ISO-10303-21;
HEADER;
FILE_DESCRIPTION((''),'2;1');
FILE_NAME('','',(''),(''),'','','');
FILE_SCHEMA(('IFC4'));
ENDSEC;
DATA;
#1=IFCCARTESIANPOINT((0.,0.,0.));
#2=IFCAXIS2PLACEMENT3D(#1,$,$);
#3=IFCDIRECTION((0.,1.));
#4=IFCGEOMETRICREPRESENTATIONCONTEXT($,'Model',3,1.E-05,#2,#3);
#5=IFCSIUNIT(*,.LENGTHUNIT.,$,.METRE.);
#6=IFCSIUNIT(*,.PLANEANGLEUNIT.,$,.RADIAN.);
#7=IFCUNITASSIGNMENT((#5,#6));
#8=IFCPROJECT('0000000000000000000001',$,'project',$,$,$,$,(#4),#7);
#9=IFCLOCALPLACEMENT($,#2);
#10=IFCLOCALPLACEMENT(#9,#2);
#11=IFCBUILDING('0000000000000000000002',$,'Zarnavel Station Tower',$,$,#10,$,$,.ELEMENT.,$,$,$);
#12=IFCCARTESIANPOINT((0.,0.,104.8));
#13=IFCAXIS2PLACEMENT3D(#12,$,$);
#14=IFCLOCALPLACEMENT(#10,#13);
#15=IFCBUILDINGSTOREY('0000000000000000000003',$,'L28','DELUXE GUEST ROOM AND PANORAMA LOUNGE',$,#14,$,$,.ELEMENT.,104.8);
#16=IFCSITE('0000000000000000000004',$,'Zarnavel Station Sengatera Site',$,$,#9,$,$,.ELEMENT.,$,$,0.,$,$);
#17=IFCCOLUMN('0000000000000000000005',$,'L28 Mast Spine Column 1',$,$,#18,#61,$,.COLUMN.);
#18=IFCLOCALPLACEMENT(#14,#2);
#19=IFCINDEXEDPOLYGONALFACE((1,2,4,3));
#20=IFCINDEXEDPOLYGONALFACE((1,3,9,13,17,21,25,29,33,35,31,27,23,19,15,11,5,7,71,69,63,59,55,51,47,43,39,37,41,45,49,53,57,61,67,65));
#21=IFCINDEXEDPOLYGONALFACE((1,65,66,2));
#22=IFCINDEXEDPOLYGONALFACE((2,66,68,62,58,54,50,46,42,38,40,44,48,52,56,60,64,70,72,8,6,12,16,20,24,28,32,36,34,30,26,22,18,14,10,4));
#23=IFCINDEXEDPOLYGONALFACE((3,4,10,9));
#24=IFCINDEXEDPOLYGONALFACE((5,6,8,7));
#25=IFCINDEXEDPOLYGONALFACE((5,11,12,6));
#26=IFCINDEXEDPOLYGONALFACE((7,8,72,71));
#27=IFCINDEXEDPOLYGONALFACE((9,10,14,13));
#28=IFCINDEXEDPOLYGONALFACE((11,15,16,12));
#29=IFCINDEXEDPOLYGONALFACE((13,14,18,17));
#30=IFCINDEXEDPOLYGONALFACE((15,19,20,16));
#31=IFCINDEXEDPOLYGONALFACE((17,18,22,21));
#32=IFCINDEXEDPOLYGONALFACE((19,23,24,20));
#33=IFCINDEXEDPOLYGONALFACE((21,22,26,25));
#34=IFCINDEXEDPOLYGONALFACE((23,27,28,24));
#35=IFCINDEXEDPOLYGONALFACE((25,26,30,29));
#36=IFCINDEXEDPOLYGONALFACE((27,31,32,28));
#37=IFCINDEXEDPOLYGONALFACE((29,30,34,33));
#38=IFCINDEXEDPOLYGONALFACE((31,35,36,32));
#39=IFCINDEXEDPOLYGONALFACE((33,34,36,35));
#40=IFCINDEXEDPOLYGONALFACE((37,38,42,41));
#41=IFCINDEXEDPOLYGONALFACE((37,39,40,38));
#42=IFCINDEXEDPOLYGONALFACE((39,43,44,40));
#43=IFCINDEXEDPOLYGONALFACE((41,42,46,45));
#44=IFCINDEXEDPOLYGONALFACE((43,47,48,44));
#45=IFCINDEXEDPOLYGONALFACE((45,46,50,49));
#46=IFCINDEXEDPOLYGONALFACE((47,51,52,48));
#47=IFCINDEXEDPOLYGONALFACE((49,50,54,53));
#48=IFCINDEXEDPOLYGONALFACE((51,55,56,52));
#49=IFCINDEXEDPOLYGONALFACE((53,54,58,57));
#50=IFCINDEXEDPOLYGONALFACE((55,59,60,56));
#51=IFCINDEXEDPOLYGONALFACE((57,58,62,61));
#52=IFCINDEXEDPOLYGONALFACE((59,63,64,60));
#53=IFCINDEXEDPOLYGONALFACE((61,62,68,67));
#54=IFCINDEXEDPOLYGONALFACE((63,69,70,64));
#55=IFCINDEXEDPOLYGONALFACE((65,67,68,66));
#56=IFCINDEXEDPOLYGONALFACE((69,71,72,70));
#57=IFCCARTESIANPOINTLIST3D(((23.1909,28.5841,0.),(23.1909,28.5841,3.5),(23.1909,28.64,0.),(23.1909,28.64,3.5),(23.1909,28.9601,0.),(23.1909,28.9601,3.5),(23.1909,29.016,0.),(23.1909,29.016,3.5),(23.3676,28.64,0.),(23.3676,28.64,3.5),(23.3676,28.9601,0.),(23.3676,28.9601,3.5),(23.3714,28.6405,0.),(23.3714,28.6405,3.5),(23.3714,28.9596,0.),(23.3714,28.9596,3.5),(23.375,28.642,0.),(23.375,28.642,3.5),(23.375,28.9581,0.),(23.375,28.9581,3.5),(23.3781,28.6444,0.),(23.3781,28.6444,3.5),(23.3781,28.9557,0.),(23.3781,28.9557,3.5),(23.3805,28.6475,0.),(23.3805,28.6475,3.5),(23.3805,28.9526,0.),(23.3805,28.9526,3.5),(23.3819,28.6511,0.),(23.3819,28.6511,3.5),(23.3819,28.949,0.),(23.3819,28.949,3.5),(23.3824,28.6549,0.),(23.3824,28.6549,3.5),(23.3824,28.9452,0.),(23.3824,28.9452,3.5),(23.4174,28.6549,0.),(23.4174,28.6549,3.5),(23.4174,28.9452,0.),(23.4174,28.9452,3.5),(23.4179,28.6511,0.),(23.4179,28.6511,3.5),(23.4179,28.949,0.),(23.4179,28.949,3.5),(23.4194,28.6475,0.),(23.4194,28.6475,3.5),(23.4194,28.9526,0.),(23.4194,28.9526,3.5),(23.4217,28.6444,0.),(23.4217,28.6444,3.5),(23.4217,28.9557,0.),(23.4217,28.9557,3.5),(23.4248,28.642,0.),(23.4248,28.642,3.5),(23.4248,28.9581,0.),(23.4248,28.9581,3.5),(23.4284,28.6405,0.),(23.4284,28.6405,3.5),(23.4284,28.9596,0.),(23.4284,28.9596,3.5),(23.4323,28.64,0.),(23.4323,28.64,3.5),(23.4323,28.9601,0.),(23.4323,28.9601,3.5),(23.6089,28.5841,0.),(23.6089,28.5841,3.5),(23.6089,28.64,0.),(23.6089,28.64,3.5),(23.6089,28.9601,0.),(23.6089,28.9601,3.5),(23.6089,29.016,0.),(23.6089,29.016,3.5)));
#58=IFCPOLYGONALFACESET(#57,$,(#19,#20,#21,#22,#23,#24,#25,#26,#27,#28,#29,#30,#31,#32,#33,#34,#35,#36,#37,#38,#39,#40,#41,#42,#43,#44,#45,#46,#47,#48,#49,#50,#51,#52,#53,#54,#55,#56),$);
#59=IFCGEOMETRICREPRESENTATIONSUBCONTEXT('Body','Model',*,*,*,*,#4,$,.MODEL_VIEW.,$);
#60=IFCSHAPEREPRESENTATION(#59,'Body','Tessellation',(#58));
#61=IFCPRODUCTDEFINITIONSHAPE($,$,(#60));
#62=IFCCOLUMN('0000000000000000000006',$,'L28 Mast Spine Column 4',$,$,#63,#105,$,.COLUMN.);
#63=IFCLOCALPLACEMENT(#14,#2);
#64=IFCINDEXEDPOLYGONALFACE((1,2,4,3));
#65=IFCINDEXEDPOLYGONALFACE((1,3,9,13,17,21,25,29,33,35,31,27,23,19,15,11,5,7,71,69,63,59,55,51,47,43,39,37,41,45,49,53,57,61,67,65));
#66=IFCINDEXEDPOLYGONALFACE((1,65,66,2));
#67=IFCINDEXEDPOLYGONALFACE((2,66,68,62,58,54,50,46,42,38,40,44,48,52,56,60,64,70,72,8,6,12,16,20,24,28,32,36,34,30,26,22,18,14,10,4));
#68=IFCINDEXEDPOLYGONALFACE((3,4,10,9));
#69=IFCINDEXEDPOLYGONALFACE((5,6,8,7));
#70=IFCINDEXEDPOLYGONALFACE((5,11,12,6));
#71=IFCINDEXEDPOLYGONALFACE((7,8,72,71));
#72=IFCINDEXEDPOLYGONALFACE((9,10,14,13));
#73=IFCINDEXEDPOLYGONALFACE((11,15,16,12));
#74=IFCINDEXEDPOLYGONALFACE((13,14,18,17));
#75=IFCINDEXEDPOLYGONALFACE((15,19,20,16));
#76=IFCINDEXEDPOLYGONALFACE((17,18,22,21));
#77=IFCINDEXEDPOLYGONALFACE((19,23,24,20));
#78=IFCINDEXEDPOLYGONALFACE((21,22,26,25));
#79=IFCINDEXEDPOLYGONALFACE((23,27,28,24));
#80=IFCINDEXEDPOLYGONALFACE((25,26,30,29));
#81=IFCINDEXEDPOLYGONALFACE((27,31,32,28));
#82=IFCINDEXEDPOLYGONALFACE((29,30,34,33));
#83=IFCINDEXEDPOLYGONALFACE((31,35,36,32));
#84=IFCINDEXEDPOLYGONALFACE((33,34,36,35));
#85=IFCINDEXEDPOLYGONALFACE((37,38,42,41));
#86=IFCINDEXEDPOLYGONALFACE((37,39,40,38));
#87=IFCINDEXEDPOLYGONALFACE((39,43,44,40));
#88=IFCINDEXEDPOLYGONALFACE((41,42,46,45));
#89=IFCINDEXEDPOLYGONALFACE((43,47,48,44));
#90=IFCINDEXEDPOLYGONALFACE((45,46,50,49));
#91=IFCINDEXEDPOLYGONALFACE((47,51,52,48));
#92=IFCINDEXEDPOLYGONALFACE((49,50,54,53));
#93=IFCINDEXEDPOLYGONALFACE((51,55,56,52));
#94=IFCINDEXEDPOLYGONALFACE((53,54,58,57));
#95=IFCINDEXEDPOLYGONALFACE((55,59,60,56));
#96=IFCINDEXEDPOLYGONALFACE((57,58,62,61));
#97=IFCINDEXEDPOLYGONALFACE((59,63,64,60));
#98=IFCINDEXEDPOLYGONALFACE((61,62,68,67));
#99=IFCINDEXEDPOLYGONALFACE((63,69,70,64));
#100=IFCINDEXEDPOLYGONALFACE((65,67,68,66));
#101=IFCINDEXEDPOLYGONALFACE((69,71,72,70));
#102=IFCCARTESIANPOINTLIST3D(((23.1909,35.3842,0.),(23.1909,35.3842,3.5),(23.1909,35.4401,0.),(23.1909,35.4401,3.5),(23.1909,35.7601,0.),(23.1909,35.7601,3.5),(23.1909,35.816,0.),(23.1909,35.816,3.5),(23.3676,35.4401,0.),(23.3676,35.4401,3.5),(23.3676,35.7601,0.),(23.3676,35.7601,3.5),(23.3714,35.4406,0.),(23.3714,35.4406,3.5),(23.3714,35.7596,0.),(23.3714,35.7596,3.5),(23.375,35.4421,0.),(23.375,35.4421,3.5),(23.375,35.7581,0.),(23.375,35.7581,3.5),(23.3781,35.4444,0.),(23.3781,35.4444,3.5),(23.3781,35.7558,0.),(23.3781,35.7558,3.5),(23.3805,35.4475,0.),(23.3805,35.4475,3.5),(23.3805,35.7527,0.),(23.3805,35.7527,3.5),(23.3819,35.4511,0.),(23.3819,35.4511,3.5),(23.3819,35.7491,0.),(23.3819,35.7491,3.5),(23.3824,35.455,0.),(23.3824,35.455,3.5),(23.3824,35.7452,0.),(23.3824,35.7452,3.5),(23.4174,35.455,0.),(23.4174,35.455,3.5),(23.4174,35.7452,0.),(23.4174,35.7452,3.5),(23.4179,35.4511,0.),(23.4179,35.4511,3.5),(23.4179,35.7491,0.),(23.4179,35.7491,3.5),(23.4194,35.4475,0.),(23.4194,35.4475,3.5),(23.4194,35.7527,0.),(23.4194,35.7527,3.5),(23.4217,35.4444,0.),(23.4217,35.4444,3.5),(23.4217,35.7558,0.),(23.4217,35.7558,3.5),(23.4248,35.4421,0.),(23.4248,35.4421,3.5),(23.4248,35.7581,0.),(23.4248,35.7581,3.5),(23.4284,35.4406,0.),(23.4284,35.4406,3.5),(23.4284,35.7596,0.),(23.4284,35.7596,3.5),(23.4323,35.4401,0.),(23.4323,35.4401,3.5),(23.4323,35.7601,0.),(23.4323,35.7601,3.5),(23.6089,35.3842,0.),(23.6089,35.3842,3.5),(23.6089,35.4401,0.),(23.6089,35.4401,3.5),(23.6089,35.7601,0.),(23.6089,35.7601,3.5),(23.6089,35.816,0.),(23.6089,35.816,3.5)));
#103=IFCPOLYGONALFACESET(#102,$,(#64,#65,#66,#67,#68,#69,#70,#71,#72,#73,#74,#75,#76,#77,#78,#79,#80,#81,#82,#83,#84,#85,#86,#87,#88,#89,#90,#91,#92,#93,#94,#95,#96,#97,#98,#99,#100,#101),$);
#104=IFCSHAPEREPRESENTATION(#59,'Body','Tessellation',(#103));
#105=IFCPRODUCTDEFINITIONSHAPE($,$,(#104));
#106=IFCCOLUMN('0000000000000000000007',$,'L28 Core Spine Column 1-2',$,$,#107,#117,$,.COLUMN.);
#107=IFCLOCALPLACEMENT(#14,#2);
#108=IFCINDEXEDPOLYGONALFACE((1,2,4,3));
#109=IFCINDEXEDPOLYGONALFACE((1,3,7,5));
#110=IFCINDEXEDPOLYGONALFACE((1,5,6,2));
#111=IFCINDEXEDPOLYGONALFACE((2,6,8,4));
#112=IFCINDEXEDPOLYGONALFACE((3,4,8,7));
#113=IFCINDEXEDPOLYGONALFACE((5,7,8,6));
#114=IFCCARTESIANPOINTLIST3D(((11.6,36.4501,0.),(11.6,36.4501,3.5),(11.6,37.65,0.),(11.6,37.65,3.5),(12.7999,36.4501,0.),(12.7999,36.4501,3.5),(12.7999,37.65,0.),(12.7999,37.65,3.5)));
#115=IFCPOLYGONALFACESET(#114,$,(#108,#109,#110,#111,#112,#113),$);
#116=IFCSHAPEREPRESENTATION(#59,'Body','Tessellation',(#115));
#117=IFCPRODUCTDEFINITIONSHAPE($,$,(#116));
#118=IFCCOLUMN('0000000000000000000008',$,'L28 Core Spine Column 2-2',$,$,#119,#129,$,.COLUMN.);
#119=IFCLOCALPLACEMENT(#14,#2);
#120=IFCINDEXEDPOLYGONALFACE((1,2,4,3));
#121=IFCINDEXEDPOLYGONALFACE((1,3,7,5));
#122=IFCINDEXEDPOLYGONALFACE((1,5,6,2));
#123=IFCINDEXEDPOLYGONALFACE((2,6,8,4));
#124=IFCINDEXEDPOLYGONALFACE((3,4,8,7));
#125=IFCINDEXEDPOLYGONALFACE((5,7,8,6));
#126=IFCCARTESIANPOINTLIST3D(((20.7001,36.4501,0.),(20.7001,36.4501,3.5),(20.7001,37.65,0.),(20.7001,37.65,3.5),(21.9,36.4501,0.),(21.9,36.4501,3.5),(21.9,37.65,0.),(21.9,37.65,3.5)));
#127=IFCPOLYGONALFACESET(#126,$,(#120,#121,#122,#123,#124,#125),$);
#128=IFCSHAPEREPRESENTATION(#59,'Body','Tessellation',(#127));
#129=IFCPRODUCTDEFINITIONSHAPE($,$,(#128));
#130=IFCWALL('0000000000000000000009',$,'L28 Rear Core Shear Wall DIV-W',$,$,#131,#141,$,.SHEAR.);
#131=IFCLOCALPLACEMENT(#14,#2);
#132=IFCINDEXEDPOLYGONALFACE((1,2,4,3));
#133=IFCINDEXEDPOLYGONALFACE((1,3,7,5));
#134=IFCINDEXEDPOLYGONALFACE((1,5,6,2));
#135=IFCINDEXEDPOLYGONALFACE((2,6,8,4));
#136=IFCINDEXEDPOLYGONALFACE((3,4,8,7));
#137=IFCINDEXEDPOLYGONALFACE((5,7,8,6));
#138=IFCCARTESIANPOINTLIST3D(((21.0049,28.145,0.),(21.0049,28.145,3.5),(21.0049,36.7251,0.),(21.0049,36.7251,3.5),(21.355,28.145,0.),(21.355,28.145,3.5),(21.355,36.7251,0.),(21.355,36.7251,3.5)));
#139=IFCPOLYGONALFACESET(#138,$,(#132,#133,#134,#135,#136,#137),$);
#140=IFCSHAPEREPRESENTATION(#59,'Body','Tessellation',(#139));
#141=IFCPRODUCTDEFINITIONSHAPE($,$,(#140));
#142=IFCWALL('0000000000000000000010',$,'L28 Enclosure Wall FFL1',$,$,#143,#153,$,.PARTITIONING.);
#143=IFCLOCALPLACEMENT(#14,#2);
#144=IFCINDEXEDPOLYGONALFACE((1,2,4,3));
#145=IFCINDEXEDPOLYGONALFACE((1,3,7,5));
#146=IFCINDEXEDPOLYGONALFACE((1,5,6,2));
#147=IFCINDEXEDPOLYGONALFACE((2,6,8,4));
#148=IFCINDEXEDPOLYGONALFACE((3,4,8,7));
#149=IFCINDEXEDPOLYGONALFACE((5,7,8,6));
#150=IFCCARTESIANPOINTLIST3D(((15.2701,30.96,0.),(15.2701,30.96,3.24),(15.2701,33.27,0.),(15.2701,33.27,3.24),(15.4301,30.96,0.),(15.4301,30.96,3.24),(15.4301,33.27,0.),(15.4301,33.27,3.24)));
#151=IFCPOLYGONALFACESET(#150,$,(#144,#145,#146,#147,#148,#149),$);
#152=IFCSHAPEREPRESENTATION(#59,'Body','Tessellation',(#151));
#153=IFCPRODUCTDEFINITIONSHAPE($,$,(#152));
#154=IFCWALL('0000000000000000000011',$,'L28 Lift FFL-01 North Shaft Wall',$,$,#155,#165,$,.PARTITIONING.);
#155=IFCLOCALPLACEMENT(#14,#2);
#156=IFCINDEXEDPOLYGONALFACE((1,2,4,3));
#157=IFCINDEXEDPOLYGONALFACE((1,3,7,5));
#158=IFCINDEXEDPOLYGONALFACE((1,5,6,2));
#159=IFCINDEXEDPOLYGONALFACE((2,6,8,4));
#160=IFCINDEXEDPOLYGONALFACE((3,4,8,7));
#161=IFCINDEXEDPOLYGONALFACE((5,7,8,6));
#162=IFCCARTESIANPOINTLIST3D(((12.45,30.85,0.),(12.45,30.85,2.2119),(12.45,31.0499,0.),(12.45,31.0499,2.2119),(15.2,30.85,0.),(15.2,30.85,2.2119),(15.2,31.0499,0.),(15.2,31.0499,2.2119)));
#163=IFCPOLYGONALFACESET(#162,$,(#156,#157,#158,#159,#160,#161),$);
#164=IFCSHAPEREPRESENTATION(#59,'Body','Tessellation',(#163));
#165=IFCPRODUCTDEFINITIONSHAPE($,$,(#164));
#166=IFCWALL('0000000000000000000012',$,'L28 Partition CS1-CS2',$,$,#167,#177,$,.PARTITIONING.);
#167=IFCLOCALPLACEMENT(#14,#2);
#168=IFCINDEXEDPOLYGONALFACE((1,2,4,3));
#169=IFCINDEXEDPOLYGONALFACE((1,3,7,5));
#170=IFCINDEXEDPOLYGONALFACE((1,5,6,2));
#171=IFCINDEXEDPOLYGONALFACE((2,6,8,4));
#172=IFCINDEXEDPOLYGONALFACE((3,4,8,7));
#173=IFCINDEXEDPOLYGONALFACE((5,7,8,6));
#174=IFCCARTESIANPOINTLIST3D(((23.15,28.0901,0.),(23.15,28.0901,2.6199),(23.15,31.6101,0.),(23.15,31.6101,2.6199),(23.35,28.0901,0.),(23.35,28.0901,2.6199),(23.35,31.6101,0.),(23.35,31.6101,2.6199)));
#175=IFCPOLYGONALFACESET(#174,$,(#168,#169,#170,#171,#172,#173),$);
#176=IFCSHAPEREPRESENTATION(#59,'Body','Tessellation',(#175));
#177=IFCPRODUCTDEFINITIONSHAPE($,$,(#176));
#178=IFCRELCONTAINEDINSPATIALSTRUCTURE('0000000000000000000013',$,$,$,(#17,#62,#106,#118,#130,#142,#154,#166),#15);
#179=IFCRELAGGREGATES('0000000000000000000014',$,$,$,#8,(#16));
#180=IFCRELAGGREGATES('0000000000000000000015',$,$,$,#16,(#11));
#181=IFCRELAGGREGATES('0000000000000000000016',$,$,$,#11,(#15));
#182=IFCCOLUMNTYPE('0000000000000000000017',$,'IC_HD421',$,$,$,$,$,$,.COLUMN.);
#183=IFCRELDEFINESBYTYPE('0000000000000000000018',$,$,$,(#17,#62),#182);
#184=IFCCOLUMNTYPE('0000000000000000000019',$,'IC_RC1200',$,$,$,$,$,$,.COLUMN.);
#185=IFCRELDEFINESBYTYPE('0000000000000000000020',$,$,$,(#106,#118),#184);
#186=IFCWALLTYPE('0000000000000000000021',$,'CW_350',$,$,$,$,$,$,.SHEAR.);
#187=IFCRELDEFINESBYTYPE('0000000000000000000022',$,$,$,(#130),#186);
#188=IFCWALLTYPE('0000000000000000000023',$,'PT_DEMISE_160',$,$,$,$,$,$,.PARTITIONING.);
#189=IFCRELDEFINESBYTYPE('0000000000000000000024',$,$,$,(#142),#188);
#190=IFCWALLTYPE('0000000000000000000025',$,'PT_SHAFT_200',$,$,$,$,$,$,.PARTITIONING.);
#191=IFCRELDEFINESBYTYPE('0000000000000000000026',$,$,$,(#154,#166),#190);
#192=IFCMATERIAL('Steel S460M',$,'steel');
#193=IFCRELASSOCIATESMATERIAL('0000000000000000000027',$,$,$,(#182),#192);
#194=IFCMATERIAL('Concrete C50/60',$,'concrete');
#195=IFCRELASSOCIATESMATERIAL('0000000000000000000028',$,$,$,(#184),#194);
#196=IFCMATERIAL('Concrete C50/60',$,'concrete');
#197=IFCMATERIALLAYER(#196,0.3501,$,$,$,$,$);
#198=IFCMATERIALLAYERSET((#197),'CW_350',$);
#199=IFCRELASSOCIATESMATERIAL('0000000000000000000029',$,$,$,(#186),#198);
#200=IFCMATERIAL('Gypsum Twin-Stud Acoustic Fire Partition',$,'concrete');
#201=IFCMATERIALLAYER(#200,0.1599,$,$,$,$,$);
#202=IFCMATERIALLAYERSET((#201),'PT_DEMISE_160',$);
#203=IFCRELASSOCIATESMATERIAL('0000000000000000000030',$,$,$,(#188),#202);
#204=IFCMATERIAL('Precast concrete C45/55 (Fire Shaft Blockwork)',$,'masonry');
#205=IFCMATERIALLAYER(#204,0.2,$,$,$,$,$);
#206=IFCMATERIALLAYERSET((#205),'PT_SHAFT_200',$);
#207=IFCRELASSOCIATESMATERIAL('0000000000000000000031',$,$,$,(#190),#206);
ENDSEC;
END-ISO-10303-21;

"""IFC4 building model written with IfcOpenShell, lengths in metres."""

from ifc_helpers import new_model, si_unit, direction, frame, frame_2d, origin, origin_2d, place, context, subcontext, project, spatial, rectangle, i_section, extrude, material, layer, layer_set, material_profile, profile_set, type_object, element, save


model = new_model("IFC4")

# Units and contexts
model_context = context("Model", 3, precision=1e-05, world=origin(), true_north=direction((0.0, 1.0)))
body_context = subcontext(model_context, "Body", "Model", "MODEL_VIEW")
ifc_project = project(units=[si_unit("LENGTHUNIT", "METRE"), si_unit("PLANEANGLEUNIT", "RADIAN")], contexts=[model_context])

# Site, building, storey
site_placement = place(None, origin())
site = spatial("IfcSite", under=ifc_project, at=site_placement, Name="Zarnavel Station Sengatera Site", CompositionType="ELEMENT", RefElevation=0.0)
building_placement = place(site_placement, origin())
building = spatial("IfcBuilding", under=site, at=building_placement, Name="Zarnavel Station Tower", CompositionType="ELEMENT")
storey_placement = place(building_placement, frame((0.0, 0.0, 104.8)))
storey = spatial("IfcBuildingStorey", under=building, at=storey_placement, Name="L28", Description="DELUXE GUEST ROOM AND PANORAMA LOUNGE", CompositionType="ELEMENT", Elevation=104.8)

# Columns
ifc_material_1 = material(Name="Steel S460M", Category="steel")
ifc_material_profile_1 = material_profile(ifc_material_1, i_section(OverallWidth=0.418, OverallDepth=0.4319, WebThickness=0.0349, FlangeThickness=0.0559, FilletRadius=0.0149, at=origin_2d()), Name="HD400x421")
ifc_profile_set_1 = profile_set([ifc_material_profile_1], Name="Steel S460M")
column_type_1 = type_object("IfcColumnType", Name="IC_HD421", PredefinedType="COLUMN", material=ifc_profile_set_1)
for number, where, z_axis, x_axis, name in (
    (1, (23.3999, 28.8, 0.0), (0.0, 0.0, 1.0), (1.0, 0.0, 0.0), "L28 Mast Spine Column 1"),
    (2, (23.3999, 35.6001, 0.0), (0.0, 0.0, 1.0), (1.0, 0.0, 0.0), "L28 Mast Spine Column 4"),
):
    element("IfcColumn", number, at=place(storey_placement, frame(where, z_axis=z_axis, x_axis=x_axis)), inside=storey, type_object=column_type_1, Name=name, PredefinedType="COLUMN", context=body_context, shape_type="SweptSolid", body=[
        extrude(i_section(OverallWidth=0.418, OverallDepth=0.4319, WebThickness=0.0349, FlangeThickness=0.0559, FilletRadius=0.0149, at=origin_2d()), origin(), (0.0, 0.0, 1.0), 3.5),
    ])
ifc_material_2 = material(Name="Concrete C50/60", Category="concrete")
ifc_material_profile_2 = material_profile(ifc_material_2, rectangle(XDim=1.2, YDim=1.2, at=origin_2d()), Name="RC1200x1200")
ifc_profile_set_2 = profile_set([ifc_material_profile_2], Name="Concrete C50/60")
column_type_2 = type_object("IfcColumnType", Name="IC_RC1200", PredefinedType="COLUMN", material=ifc_profile_set_2)
for number, where, z_axis, x_axis, name in (
    (3, (12.2, 37.05, 0.0), (0.0, 0.0, 1.0), (1.0, 0.0, 0.0), "L28 Core Spine Column 1-2"),
    (4, (21.3, 37.05, 0.0), (0.0, 0.0, 1.0), (1.0, 0.0, 0.0), "L28 Core Spine Column 2-2"),
):
    element("IfcColumn", number, at=place(storey_placement, frame(where, z_axis=z_axis, x_axis=x_axis)), inside=storey, type_object=column_type_2, Name=name, PredefinedType="COLUMN", context=body_context, shape_type="SweptSolid", body=[
        extrude(rectangle(XDim=1.2, YDim=1.2, at=origin_2d()), origin(), (0.0, 0.0, 1.0), 3.5),
    ])

# Wall
ifc_material_3 = material(Name="Concrete C50/60", Category="concrete")
ifc_layer_1 = layer(ifc_material_3, 0.3501)
ifc_layer_set_1 = layer_set([ifc_layer_1], Name="CW_350")
wall_type_1 = type_object("IfcWallType", Name="CW_350", PredefinedType="SHEAR", material=ifc_layer_set_1)
wall_1_placement = place(storey_placement, frame((21.1799, 28.145, 0.0), z_axis=(0.0, 0.0, 1.0), x_axis=(0.0, 1.0, 0.0)))
element("IfcWall", 5, at=wall_1_placement, inside=storey, type_object=wall_type_1, Name="L28 Rear Core Shear Wall DIV-W", PredefinedType="SHEAR", context=body_context, shape_type="SweptSolid", body=[
    extrude(rectangle(XDim=8.5801, YDim=0.3501, at=frame_2d((4.29, 0.0))), origin(), (0.0, 0.0, 1.0), 3.5),
])

# Wall
ifc_material_4 = material(Name="Gypsum Twin-Stud Acoustic Fire Partition", Category="concrete")
ifc_layer_2 = layer(ifc_material_4, 0.1599)
ifc_layer_set_2 = layer_set([ifc_layer_2], Name="PT_DEMISE_160")
wall_type_2 = type_object("IfcWallType", Name="PT_DEMISE_160", PredefinedType="PARTITIONING", material=ifc_layer_set_2)
wall_2_placement = place(storey_placement, frame((15.3501, 30.96, 0.0), z_axis=(0.0, 0.0, 1.0), x_axis=(0.0, 1.0, 0.0)))
element("IfcWall", 6, at=wall_2_placement, inside=storey, type_object=wall_type_2, Name="L28 Enclosure Wall FFL1", PredefinedType="PARTITIONING", context=body_context, shape_type="SweptSolid", body=[
    extrude(rectangle(XDim=2.3101, YDim=0.1599, at=frame_2d((1.155, 0.0))), origin(), (0.0, 0.0, 1.0), 3.24),
])

# Shared definitions
ifc_material_5 = material(Name="Precast concrete C45/55 (Fire Shaft Blockwork)", Category="masonry")
ifc_layer_3 = layer(ifc_material_5, 0.2)
ifc_layer_set_3 = layer_set([ifc_layer_3], Name="PT_SHAFT_200")
wall_type_3 = type_object("IfcWallType", Name="PT_SHAFT_200", PredefinedType="PARTITIONING", material=ifc_layer_set_3)

# Wall
wall_3_placement = place(storey_placement, frame((12.45, 30.95, 0.0), z_axis=(0.0, 0.0, 1.0), x_axis=(1.0, 0.0, 0.0)))
element("IfcWall", 7, at=wall_3_placement, inside=storey, type_object=wall_type_3, Name="L28 Lift FFL-01 North Shaft Wall", PredefinedType="PARTITIONING", context=body_context, shape_type="SweptSolid", body=[
    extrude(rectangle(XDim=2.75, YDim=0.2, at=frame_2d((1.375, 0.0))), origin(), (0.0, 0.0, 1.0), 2.2119),
])

# Wall
wall_4_placement = place(storey_placement, frame((23.25, 28.0901, 0.0), z_axis=(0.0, 0.0, 1.0), x_axis=(0.0, 1.0, 0.0)))
element("IfcWall", 8, at=wall_4_placement, inside=storey, type_object=wall_type_3, Name="L28 Partition CS1-CS2", PredefinedType="PARTITIONING", context=body_context, shape_type="SweptSolid", body=[
    extrude(rectangle(XDim=3.52, YDim=0.2, at=frame_2d((1.76, 0.0))), origin(), (0.0, 0.0, 1.0), 2.6199),
])

save(model, "model.ifc")
